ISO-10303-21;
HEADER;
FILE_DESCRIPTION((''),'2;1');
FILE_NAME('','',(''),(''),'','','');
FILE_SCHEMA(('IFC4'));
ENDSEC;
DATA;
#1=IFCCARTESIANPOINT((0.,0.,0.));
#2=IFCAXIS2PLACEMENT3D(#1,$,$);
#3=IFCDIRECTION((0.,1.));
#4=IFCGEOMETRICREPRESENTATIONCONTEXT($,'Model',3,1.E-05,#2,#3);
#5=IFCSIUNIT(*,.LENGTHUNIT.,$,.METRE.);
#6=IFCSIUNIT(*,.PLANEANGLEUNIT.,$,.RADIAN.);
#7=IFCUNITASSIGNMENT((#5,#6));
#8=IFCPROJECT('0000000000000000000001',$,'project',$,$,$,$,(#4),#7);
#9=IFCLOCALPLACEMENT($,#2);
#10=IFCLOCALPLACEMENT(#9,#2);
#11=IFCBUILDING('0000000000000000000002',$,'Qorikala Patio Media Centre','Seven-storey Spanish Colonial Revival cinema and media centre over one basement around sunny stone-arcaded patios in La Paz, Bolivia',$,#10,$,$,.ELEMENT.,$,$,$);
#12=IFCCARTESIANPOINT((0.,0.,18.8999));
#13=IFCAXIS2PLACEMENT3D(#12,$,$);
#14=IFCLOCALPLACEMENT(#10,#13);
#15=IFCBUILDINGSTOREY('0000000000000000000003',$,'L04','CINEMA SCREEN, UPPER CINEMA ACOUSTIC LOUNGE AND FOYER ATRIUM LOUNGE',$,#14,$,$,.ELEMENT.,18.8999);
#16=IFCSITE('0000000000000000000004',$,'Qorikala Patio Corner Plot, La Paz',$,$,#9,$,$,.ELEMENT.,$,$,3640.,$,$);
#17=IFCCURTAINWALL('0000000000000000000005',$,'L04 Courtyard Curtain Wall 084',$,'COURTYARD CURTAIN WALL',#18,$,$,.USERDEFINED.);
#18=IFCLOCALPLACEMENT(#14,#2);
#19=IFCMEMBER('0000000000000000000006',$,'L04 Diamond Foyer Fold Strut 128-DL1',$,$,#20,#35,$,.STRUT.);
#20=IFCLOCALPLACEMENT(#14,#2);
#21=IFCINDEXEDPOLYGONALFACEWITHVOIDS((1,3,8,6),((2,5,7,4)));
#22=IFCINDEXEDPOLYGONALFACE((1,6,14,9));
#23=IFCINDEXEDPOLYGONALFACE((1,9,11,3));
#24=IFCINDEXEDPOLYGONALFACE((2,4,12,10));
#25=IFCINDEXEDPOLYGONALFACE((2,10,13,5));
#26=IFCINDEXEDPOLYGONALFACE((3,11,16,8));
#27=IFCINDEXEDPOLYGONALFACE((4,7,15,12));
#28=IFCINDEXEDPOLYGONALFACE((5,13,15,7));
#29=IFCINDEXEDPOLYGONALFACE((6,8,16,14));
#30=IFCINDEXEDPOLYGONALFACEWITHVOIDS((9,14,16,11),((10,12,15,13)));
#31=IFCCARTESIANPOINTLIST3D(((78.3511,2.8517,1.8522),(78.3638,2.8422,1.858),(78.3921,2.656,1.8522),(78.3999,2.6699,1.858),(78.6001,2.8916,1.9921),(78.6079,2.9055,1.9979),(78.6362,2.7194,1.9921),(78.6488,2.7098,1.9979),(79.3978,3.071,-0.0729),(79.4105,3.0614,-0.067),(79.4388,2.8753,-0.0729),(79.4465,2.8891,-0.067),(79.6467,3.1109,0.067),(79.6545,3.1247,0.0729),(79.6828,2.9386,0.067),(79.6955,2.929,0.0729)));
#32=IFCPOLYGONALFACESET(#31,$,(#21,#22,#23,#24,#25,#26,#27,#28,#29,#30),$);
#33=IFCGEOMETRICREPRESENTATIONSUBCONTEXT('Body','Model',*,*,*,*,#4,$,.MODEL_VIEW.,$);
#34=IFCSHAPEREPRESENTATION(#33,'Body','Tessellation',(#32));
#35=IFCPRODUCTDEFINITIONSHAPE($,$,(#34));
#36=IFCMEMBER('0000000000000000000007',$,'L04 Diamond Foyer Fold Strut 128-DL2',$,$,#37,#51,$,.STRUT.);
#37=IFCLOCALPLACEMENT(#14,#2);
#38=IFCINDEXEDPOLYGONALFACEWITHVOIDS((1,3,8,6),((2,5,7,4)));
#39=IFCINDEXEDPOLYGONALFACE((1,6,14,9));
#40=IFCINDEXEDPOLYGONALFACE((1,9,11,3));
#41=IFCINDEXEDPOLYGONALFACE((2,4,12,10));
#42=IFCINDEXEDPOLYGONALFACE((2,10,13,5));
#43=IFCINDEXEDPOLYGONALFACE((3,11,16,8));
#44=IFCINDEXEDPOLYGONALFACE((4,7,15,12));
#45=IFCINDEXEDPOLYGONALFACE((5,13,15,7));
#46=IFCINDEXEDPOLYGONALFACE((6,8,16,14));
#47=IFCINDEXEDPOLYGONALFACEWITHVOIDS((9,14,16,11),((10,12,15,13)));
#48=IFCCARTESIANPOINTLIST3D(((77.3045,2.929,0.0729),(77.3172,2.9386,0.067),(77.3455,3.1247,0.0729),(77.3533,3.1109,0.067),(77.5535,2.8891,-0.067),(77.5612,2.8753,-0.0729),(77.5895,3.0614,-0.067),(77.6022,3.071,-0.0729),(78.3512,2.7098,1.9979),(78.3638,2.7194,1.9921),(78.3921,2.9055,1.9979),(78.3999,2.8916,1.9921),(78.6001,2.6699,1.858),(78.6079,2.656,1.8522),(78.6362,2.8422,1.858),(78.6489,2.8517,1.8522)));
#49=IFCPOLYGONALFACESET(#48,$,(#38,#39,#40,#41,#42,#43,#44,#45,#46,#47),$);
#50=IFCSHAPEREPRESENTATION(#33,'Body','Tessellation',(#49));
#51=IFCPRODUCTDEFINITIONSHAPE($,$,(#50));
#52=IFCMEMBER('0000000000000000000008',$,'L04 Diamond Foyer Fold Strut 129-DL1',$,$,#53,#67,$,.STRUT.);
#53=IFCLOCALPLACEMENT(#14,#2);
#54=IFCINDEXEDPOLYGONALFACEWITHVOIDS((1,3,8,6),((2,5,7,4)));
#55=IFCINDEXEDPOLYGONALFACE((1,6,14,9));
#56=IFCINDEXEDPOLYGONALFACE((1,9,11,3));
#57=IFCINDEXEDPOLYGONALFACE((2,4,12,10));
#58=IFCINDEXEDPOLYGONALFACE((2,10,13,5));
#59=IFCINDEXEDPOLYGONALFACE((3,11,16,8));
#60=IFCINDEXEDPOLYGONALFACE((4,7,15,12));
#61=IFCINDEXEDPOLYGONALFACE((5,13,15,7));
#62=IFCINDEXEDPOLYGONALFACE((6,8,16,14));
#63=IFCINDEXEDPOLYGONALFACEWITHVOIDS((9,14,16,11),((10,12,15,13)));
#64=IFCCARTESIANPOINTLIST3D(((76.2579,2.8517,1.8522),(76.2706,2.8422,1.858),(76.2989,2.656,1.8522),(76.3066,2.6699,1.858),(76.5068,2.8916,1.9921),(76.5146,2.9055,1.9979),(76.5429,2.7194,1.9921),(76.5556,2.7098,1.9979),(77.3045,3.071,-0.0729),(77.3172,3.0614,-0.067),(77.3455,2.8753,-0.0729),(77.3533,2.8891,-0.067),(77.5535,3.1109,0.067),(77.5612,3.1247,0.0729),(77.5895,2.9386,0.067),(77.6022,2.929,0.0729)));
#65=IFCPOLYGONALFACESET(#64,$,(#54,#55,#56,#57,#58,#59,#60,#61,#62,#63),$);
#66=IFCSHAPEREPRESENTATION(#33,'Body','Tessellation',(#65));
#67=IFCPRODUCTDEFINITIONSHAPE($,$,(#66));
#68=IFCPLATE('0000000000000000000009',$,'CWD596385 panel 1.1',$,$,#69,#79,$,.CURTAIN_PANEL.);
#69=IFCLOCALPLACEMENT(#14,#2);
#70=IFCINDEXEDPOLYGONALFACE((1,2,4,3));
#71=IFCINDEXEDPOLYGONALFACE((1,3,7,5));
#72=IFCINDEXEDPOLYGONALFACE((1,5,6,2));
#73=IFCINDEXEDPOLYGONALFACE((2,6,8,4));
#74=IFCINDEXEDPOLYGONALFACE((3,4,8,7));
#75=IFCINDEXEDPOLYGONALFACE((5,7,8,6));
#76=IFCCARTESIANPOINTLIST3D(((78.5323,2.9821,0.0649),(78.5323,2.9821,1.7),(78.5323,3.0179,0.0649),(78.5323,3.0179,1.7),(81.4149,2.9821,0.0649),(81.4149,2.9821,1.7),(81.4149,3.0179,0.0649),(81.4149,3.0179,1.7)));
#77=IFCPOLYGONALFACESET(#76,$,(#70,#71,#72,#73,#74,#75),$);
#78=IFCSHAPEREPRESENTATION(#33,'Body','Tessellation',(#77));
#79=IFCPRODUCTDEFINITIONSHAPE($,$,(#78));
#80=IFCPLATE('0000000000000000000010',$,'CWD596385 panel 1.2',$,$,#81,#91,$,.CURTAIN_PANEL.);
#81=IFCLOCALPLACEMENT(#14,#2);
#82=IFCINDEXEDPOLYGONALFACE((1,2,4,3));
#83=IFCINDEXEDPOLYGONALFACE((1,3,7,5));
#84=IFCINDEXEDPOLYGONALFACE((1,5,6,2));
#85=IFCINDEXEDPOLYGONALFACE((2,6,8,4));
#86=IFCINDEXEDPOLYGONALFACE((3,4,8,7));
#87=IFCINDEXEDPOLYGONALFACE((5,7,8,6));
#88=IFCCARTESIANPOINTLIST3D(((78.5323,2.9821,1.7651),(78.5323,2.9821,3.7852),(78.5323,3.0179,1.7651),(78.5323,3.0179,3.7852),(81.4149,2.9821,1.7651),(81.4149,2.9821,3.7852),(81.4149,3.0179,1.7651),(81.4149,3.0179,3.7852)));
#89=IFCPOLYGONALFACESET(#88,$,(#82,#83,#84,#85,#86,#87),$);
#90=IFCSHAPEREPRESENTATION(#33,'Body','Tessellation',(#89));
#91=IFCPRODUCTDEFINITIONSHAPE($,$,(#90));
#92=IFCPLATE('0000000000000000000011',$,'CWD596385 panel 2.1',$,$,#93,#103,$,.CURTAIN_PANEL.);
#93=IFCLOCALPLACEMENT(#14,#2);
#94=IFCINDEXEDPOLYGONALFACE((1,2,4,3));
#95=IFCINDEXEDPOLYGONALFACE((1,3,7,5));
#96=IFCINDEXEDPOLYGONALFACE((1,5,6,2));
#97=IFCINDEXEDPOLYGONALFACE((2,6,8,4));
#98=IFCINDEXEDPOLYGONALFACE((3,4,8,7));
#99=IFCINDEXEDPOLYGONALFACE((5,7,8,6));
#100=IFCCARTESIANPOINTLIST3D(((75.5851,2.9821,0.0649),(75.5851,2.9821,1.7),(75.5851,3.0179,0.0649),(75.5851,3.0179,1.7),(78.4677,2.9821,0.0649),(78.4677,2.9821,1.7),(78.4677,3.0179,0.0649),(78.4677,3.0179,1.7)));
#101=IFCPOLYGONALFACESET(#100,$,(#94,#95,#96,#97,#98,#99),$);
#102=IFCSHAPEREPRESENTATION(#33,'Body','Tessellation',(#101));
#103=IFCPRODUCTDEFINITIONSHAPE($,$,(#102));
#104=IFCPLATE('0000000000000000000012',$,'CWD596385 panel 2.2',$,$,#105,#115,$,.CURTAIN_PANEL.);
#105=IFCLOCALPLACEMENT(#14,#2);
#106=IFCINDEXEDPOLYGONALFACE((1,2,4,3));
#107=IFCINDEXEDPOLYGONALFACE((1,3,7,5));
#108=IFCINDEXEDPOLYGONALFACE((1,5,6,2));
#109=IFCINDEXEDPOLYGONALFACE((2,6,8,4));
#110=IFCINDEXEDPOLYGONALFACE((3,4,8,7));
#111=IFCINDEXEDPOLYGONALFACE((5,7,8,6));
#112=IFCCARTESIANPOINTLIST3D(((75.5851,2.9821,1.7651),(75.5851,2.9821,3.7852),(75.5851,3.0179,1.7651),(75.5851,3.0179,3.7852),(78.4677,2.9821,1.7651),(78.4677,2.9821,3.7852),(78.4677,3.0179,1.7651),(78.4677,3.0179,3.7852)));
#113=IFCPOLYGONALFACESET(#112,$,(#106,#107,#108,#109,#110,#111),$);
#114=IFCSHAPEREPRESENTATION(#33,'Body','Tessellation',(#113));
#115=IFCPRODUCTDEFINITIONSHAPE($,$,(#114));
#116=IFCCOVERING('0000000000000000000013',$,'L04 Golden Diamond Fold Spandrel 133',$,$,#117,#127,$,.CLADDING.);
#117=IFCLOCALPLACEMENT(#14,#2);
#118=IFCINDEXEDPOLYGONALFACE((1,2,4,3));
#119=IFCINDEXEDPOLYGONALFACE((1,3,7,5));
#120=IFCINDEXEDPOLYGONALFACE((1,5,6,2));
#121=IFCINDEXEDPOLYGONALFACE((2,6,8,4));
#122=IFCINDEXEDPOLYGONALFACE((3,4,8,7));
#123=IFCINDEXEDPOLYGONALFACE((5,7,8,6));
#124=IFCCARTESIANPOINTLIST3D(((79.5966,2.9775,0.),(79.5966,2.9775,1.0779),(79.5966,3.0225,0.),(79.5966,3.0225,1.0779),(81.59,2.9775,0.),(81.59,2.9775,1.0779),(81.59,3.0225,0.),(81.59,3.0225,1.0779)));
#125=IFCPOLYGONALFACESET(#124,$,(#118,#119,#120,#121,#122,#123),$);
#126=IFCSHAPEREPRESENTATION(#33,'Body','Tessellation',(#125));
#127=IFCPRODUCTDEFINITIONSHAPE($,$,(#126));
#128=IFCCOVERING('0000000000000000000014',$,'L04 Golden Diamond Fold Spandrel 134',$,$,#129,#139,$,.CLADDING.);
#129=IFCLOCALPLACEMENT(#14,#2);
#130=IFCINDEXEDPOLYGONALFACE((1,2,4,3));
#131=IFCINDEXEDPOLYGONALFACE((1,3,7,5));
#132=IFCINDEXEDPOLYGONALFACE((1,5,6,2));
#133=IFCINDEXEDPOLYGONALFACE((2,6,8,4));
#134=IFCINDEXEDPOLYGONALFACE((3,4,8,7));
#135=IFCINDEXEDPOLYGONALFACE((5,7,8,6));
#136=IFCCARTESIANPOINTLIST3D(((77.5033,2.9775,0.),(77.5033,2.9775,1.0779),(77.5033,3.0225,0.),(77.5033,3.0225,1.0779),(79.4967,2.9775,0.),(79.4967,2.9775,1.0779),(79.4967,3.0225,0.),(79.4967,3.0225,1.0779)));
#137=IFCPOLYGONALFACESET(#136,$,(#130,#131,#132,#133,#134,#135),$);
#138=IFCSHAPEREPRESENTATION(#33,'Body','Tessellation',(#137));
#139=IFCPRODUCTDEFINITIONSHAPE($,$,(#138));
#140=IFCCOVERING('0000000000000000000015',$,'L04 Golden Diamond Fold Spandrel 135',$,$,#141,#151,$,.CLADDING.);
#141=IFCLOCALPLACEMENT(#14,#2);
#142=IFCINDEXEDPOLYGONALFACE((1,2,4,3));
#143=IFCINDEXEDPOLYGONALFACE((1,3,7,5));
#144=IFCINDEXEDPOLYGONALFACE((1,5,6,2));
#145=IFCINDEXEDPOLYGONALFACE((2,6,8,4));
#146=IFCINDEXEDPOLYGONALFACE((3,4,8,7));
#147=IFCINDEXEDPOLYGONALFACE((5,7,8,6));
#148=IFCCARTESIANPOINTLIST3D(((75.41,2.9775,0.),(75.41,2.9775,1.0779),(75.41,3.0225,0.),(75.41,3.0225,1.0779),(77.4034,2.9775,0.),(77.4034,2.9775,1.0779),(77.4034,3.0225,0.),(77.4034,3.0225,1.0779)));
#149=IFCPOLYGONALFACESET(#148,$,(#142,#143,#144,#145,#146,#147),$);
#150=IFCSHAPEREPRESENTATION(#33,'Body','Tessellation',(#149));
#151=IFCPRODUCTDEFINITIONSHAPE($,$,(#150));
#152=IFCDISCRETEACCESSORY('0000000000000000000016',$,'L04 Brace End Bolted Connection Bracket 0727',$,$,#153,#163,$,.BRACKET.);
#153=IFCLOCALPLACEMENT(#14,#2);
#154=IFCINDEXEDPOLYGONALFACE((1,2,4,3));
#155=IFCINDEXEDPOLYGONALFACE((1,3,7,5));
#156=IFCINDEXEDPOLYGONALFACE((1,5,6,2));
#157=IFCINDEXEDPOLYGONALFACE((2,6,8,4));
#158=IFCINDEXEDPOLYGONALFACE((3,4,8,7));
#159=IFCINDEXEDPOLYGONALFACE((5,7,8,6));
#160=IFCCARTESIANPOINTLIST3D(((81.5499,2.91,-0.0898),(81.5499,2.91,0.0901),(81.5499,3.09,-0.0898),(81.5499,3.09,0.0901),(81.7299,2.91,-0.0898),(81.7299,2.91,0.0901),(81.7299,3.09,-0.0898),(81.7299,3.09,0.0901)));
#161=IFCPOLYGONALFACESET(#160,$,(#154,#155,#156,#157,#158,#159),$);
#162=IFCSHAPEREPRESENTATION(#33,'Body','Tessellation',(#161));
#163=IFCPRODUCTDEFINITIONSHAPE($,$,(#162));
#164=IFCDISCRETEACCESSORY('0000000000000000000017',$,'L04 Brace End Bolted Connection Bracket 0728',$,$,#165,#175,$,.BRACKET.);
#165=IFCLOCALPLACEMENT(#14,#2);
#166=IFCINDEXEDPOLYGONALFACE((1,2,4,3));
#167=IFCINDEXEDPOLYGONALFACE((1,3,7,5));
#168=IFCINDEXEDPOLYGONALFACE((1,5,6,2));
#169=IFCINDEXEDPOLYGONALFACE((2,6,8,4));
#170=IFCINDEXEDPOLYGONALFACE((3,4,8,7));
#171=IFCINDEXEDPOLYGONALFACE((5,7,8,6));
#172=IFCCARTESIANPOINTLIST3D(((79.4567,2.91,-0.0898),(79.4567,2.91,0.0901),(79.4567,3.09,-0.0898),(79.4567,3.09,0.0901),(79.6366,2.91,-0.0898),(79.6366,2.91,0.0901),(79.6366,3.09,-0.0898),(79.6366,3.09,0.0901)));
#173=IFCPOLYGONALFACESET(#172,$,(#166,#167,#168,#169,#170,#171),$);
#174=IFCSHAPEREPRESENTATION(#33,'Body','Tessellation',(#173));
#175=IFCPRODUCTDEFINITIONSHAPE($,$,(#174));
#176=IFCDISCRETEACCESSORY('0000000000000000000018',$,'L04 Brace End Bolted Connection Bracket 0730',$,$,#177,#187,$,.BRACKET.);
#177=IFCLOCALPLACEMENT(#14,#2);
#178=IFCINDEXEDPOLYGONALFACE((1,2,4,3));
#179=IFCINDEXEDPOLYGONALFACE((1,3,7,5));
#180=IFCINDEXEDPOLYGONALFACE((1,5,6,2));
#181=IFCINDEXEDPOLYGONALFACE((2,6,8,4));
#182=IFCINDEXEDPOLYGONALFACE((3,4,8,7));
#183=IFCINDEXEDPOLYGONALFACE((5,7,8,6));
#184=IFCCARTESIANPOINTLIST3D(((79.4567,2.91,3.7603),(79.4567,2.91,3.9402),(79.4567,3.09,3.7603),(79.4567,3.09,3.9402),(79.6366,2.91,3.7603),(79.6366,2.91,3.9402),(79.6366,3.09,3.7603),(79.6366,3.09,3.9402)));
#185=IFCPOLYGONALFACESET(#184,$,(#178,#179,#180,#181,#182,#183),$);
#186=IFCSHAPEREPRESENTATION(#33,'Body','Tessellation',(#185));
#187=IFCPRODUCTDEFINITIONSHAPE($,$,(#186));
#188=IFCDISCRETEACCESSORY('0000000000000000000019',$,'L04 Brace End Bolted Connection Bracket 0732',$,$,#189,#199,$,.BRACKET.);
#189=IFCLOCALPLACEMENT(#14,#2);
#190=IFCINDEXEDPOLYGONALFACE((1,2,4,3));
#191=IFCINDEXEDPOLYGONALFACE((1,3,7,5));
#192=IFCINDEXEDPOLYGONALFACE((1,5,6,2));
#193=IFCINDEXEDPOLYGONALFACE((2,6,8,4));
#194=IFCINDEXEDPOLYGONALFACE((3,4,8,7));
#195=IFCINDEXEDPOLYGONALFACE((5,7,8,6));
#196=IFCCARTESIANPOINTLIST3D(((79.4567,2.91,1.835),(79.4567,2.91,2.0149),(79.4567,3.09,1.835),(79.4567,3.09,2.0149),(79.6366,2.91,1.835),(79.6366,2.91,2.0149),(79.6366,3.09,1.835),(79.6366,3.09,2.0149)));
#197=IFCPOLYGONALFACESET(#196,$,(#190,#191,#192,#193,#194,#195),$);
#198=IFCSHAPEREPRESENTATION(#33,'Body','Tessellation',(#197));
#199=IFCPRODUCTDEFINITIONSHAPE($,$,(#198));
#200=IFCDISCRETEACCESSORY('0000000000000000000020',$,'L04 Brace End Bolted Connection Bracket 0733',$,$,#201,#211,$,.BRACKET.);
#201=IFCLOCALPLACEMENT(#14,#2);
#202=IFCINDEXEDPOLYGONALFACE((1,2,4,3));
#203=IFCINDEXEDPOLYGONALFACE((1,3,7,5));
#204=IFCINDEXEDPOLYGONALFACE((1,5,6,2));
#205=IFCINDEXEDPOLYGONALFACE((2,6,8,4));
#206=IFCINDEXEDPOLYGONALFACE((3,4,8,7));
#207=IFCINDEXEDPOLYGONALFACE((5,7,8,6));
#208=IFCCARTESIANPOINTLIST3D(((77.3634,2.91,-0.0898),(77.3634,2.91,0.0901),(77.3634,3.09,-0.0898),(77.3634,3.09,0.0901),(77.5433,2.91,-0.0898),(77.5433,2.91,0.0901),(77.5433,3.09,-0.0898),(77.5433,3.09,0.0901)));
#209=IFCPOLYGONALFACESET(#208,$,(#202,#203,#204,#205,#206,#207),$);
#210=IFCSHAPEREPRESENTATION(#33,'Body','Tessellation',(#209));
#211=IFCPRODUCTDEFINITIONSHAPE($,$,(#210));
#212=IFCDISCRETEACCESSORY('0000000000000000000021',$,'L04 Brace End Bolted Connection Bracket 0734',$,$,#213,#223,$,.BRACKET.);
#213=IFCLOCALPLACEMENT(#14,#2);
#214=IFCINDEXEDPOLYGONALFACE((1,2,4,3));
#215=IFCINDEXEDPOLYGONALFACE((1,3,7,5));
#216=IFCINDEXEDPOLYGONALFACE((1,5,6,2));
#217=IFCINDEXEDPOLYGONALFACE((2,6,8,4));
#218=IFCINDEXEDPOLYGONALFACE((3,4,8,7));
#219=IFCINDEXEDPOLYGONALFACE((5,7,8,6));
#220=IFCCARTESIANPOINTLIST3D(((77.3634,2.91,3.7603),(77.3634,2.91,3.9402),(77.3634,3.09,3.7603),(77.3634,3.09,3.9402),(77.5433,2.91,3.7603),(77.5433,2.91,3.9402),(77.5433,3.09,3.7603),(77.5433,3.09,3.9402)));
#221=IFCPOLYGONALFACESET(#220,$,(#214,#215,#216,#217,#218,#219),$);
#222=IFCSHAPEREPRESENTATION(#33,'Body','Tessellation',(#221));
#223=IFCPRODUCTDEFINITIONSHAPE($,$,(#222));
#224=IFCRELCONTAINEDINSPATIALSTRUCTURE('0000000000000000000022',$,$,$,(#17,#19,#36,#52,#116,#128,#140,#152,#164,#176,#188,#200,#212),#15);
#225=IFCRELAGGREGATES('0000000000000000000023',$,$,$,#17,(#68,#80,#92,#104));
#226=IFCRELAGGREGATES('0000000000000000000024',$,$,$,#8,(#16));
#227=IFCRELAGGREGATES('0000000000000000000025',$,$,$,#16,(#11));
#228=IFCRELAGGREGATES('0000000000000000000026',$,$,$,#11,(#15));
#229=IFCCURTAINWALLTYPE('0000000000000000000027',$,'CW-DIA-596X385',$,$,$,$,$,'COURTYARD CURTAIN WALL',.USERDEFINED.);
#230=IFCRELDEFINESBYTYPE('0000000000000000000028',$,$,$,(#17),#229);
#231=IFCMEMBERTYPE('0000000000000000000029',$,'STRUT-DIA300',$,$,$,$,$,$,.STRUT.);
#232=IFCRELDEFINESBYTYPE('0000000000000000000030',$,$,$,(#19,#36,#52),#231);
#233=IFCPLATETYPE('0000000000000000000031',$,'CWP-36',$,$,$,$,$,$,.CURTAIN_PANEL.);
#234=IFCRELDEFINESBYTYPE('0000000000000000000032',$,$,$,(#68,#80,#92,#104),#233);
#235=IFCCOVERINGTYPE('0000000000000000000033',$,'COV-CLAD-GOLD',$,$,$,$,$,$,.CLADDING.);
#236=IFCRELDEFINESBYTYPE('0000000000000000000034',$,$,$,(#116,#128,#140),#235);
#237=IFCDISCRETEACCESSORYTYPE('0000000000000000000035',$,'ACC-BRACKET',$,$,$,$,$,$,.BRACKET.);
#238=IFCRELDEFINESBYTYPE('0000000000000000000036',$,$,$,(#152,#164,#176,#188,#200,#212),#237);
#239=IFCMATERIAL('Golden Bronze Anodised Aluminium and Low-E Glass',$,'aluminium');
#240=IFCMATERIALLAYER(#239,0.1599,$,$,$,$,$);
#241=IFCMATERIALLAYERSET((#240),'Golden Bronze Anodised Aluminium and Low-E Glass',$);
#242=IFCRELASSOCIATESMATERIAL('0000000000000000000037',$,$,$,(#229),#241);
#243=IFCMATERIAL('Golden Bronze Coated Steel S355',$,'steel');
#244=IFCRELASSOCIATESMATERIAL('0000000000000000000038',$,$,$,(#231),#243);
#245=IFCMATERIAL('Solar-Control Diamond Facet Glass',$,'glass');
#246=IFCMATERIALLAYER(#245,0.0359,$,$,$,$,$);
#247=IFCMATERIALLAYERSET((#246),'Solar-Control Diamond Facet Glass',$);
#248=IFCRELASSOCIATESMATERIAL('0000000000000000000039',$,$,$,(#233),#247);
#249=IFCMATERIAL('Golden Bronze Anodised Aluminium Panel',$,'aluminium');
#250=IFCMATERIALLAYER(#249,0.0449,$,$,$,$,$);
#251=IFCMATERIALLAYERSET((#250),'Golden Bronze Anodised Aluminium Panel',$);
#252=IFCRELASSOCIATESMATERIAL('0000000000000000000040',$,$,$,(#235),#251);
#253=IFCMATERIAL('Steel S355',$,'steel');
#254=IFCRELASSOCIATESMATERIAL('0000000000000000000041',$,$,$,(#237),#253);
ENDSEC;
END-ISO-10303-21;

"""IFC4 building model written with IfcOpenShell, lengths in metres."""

from ifc_helpers import new_model, si_unit, direction, frame, origin, origin_2d, place, context, subcontext, project, spatial, rectangle, hollow_rectangle, extrude, material, layer, layer_set, material_profile, profile_set, type_object, element, aggregate, save


model = new_model("IFC4")

# Units and contexts
model_context = context("Model", 3, precision=1e-05, world=origin(), true_north=direction((0.0, 1.0)))
body_context = subcontext(model_context, "Body", "Model", "MODEL_VIEW")
ifc_project = project(units=[si_unit("LENGTHUNIT", "METRE"), si_unit("PLANEANGLEUNIT", "RADIAN")], contexts=[model_context])

# Site, building, storey
site_placement = place(None, origin())
site = spatial("IfcSite", under=ifc_project, at=site_placement, Name="Qorikala Patio Corner Plot, La Paz", CompositionType="ELEMENT", RefElevation=3640.0)
building_placement = place(site_placement, origin())
building = spatial("IfcBuilding", under=site, at=building_placement, Name="Qorikala Patio Media Centre", Description="Seven-storey Spanish Colonial Revival cinema and media centre over one basement around sunny stone-arcaded patios in La Paz, Bolivia", CompositionType="ELEMENT")
storey_placement = place(building_placement, frame((0.0, 0.0, 18.8999)))
storey = spatial("IfcBuildingStorey", under=building, at=storey_placement, Name="L04", Description="CINEMA SCREEN, UPPER CINEMA ACOUSTIC LOUNGE AND FOYER ATRIUM LOUNGE", CompositionType="ELEMENT", Elevation=18.8999)

# Shared definitions
ifc_material_1 = material(Name="Golden Bronze Coated Steel S355", Category="steel")

# Curtain wall
ifc_material_2 = material(Name="Golden Bronze Anodised Aluminium and Low-E Glass", Category="aluminium")
ifc_layer_1 = layer(ifc_material_2, 0.1599)
ifc_layer_set_1 = layer_set([ifc_layer_1], Name="Golden Bronze Anodised Aluminium and Low-E Glass")
curtain_wall_type = type_object("IfcCurtainWallType", Name="CW-DIA-596X385", ElementType="COURTYARD CURTAIN WALL", PredefinedType="USERDEFINED", material=ifc_layer_set_1)
curtain_wall_placement = place(storey_placement, origin())
curtain_wall = element("IfcCurtainWall", 1, at=curtain_wall_placement, inside=storey, type_object=curtain_wall_type, Name="L04 Courtyard Curtain Wall 084", ObjectType="COURTYARD CURTAIN WALL", PredefinedType="USERDEFINED")

# Members
ifc_material_profile_1 = material_profile(ifc_material_1, hollow_rectangle(XDim=0.2, YDim=0.3, WallThickness=0.012, at=origin_2d()), Name="HSS300X200X12")
ifc_profile_set_1 = profile_set([ifc_material_profile_1], Name="Golden Bronze Coated Steel S355")
member_type_1 = type_object("IfcMemberType", Name="STRUT-DIA300", PredefinedType="STRUT", material=ifc_profile_set_1)
for number, where, z_axis, x_axis, name in (
    (2, (79.5466, 3.0, 0.0), (-0.475284, -0.099558, 0.874181), (0.205021, -0.978758, 0.0), "L04 Diamond Foyer Fold Strut 128-DL1"),
    (3, (77.4534, 3.0, 0.0), (0.475284, -0.099558, 0.874181), (0.205021, 0.978758, 0.0), "L04 Diamond Foyer Fold Strut 128-DL2"),
    (4, (77.4534, 3.0, 0.0), (-0.475284, -0.099558, 0.874181), (0.205021, -0.978758, 0.0), "L04 Diamond Foyer Fold Strut 129-DL1"),
):
    element("IfcMember", number, at=place(storey_placement, frame(where, z_axis=z_axis, x_axis=x_axis)), inside=storey, type_object=member_type_1, Name=name, PredefinedType="STRUT", context=body_context, shape_type="SweptSolid", body=[
        extrude(hollow_rectangle(XDim=0.2, YDim=0.3, WallThickness=0.012, at=origin_2d()), origin(), (0.0, 0.0, 1.0), 2.2021),
    ])

# Plates
ifc_material_3 = material(Name="Solar-Control Diamond Facet Glass", Category="glass")
ifc_layer_2 = layer(ifc_material_3, 0.0359)
ifc_layer_set_2 = layer_set([ifc_layer_2], Name="Solar-Control Diamond Facet Glass")
plate_type = type_object("IfcPlateType", Name="CWP-36", PredefinedType="CURTAIN_PANEL", material=ifc_layer_set_2)
plate_1_placement = place(storey_placement, frame((79.9736, 3.0, 0.0649), z_axis=(0.0, 0.0, 1.0), x_axis=(-1.0, 0.0, 0.0)))
plate_1 = element("IfcPlate", 5, at=plate_1_placement, type_object=plate_type, Name="CWD596385 panel 1.1", PredefinedType="CURTAIN_PANEL", context=body_context, shape_type="SweptSolid", body=[
    extrude(rectangle(XDim=2.8826, YDim=0.0359, at=origin_2d()), origin(), (0.0, 0.0, 1.0), 1.635),
])
plate_2_placement = place(storey_placement, frame((79.9736, 3.0, 1.7651), z_axis=(0.0, 0.0, 1.0), x_axis=(-1.0, 0.0, 0.0)))
plate_2 = element("IfcPlate", 6, at=plate_2_placement, type_object=plate_type, Name="CWD596385 panel 1.2", PredefinedType="CURTAIN_PANEL", context=body_context, shape_type="SweptSolid", body=[
    extrude(rectangle(XDim=2.8826, YDim=0.0359, at=origin_2d()), origin(), (0.0, 0.0, 1.0), 2.02),
])
plate_3_placement = place(storey_placement, frame((77.0264, 3.0, 0.0649), z_axis=(0.0, 0.0, 1.0), x_axis=(-1.0, 0.0, 0.0)))
plate_3 = element("IfcPlate", 7, at=plate_3_placement, type_object=plate_type, Name="CWD596385 panel 2.1", PredefinedType="CURTAIN_PANEL", context=body_context, shape_type="SweptSolid", body=[
    extrude(rectangle(XDim=2.8826, YDim=0.0359, at=origin_2d()), origin(), (0.0, 0.0, 1.0), 1.635),
])
plate_4_placement = place(storey_placement, frame((77.0264, 3.0, 1.7651), z_axis=(0.0, 0.0, 1.0), x_axis=(-1.0, 0.0, 0.0)))
plate_4 = element("IfcPlate", 8, at=plate_4_placement, type_object=plate_type, Name="CWD596385 panel 2.2", PredefinedType="CURTAIN_PANEL", context=body_context, shape_type="SweptSolid", body=[
    extrude(rectangle(XDim=2.8826, YDim=0.0359, at=origin_2d()), origin(), (0.0, 0.0, 1.0), 2.02),
])
aggregate(curtain_wall, [plate_1, plate_2, plate_3, plate_4])

# Coverings
ifc_material_4 = material(Name="Golden Bronze Anodised Aluminium Panel", Category="aluminium")
ifc_layer_3 = layer(ifc_material_4, 0.0449)
ifc_layer_set_3 = layer_set([ifc_layer_3], Name="Golden Bronze Anodised Aluminium Panel")
covering_type = type_object("IfcCoveringType", Name="COV-CLAD-GOLD", PredefinedType="CLADDING", material=ifc_layer_set_3)
for number, where, z_axis, x_axis, name in (
    (9, (80.5933, 3.0, 0.0), (0.0, 0.0, 1.0), (-1.0, 0.0, 0.0), "L04 Golden Diamond Fold Spandrel 133"),
    (10, (78.5, 3.0, 0.0), (0.0, 0.0, 1.0), (-1.0, 0.0, 0.0), "L04 Golden Diamond Fold Spandrel 134"),
    (11, (76.4067, 3.0, 0.0), (0.0, 0.0, 1.0), (-1.0, 0.0, 0.0), "L04 Golden Diamond Fold Spandrel 135"),
):
    element("IfcCovering", number, at=place(storey_placement, frame(where, z_axis=z_axis, x_axis=x_axis)), inside=storey, type_object=covering_type, Name=name, PredefinedType="CLADDING", context=body_context, shape_type="SweptSolid", body=[
        extrude(rectangle(XDim=1.9934, YDim=0.0449, at=origin_2d()), origin(), (0.0, 0.0, 1.0), 1.0779),
    ])

# Discrete accessories
ifc_material_5 = material(Name="Steel S355", Category="steel")
discrete_accessory_type = type_object("IfcDiscreteAccessoryType", Name="ACC-BRACKET", PredefinedType="BRACKET", material=ifc_material_5)
for number, where, z_axis, x_axis, name in (
    (12, (81.6399, 3.0, -0.0898), (0.0, 0.0, 1.0), (1.0, 0.0, 0.0), "L04 Brace End Bolted Connection Bracket 0727"),
    (13, (79.5466, 3.0, -0.0898), (0.0, 0.0, 1.0), (1.0, 0.0, 0.0), "L04 Brace End Bolted Connection Bracket 0728"),
    (14, (79.5466, 3.0, 3.7603), (0.0, 0.0, 1.0), (1.0, 0.0, 0.0), "L04 Brace End Bolted Connection Bracket 0730"),
    (15, (79.5466, 3.0, 1.835), (0.0, 0.0, 1.0), (1.0, 0.0, 0.0), "L04 Brace End Bolted Connection Bracket 0732"),
    (16, (77.4534, 3.0, -0.0898), (0.0, 0.0, 1.0), (1.0, 0.0, 0.0), "L04 Brace End Bolted Connection Bracket 0733"),
    (17, (77.4534, 3.0, 3.7603), (0.0, 0.0, 1.0), (1.0, 0.0, 0.0), "L04 Brace End Bolted Connection Bracket 0734"),
):
    element("IfcDiscreteAccessory", number, at=place(storey_placement, frame(where, z_axis=z_axis, x_axis=x_axis)), inside=storey, type_object=discrete_accessory_type, Name=name, PredefinedType="BRACKET", context=body_context, shape_type="SweptSolid", body=[
        extrude(rectangle(XDim=0.1799, YDim=0.1799, at=origin_2d()), origin(), (0.0, 0.0, 1.0), 0.1799),
    ])

save(model, "model.ifc")
